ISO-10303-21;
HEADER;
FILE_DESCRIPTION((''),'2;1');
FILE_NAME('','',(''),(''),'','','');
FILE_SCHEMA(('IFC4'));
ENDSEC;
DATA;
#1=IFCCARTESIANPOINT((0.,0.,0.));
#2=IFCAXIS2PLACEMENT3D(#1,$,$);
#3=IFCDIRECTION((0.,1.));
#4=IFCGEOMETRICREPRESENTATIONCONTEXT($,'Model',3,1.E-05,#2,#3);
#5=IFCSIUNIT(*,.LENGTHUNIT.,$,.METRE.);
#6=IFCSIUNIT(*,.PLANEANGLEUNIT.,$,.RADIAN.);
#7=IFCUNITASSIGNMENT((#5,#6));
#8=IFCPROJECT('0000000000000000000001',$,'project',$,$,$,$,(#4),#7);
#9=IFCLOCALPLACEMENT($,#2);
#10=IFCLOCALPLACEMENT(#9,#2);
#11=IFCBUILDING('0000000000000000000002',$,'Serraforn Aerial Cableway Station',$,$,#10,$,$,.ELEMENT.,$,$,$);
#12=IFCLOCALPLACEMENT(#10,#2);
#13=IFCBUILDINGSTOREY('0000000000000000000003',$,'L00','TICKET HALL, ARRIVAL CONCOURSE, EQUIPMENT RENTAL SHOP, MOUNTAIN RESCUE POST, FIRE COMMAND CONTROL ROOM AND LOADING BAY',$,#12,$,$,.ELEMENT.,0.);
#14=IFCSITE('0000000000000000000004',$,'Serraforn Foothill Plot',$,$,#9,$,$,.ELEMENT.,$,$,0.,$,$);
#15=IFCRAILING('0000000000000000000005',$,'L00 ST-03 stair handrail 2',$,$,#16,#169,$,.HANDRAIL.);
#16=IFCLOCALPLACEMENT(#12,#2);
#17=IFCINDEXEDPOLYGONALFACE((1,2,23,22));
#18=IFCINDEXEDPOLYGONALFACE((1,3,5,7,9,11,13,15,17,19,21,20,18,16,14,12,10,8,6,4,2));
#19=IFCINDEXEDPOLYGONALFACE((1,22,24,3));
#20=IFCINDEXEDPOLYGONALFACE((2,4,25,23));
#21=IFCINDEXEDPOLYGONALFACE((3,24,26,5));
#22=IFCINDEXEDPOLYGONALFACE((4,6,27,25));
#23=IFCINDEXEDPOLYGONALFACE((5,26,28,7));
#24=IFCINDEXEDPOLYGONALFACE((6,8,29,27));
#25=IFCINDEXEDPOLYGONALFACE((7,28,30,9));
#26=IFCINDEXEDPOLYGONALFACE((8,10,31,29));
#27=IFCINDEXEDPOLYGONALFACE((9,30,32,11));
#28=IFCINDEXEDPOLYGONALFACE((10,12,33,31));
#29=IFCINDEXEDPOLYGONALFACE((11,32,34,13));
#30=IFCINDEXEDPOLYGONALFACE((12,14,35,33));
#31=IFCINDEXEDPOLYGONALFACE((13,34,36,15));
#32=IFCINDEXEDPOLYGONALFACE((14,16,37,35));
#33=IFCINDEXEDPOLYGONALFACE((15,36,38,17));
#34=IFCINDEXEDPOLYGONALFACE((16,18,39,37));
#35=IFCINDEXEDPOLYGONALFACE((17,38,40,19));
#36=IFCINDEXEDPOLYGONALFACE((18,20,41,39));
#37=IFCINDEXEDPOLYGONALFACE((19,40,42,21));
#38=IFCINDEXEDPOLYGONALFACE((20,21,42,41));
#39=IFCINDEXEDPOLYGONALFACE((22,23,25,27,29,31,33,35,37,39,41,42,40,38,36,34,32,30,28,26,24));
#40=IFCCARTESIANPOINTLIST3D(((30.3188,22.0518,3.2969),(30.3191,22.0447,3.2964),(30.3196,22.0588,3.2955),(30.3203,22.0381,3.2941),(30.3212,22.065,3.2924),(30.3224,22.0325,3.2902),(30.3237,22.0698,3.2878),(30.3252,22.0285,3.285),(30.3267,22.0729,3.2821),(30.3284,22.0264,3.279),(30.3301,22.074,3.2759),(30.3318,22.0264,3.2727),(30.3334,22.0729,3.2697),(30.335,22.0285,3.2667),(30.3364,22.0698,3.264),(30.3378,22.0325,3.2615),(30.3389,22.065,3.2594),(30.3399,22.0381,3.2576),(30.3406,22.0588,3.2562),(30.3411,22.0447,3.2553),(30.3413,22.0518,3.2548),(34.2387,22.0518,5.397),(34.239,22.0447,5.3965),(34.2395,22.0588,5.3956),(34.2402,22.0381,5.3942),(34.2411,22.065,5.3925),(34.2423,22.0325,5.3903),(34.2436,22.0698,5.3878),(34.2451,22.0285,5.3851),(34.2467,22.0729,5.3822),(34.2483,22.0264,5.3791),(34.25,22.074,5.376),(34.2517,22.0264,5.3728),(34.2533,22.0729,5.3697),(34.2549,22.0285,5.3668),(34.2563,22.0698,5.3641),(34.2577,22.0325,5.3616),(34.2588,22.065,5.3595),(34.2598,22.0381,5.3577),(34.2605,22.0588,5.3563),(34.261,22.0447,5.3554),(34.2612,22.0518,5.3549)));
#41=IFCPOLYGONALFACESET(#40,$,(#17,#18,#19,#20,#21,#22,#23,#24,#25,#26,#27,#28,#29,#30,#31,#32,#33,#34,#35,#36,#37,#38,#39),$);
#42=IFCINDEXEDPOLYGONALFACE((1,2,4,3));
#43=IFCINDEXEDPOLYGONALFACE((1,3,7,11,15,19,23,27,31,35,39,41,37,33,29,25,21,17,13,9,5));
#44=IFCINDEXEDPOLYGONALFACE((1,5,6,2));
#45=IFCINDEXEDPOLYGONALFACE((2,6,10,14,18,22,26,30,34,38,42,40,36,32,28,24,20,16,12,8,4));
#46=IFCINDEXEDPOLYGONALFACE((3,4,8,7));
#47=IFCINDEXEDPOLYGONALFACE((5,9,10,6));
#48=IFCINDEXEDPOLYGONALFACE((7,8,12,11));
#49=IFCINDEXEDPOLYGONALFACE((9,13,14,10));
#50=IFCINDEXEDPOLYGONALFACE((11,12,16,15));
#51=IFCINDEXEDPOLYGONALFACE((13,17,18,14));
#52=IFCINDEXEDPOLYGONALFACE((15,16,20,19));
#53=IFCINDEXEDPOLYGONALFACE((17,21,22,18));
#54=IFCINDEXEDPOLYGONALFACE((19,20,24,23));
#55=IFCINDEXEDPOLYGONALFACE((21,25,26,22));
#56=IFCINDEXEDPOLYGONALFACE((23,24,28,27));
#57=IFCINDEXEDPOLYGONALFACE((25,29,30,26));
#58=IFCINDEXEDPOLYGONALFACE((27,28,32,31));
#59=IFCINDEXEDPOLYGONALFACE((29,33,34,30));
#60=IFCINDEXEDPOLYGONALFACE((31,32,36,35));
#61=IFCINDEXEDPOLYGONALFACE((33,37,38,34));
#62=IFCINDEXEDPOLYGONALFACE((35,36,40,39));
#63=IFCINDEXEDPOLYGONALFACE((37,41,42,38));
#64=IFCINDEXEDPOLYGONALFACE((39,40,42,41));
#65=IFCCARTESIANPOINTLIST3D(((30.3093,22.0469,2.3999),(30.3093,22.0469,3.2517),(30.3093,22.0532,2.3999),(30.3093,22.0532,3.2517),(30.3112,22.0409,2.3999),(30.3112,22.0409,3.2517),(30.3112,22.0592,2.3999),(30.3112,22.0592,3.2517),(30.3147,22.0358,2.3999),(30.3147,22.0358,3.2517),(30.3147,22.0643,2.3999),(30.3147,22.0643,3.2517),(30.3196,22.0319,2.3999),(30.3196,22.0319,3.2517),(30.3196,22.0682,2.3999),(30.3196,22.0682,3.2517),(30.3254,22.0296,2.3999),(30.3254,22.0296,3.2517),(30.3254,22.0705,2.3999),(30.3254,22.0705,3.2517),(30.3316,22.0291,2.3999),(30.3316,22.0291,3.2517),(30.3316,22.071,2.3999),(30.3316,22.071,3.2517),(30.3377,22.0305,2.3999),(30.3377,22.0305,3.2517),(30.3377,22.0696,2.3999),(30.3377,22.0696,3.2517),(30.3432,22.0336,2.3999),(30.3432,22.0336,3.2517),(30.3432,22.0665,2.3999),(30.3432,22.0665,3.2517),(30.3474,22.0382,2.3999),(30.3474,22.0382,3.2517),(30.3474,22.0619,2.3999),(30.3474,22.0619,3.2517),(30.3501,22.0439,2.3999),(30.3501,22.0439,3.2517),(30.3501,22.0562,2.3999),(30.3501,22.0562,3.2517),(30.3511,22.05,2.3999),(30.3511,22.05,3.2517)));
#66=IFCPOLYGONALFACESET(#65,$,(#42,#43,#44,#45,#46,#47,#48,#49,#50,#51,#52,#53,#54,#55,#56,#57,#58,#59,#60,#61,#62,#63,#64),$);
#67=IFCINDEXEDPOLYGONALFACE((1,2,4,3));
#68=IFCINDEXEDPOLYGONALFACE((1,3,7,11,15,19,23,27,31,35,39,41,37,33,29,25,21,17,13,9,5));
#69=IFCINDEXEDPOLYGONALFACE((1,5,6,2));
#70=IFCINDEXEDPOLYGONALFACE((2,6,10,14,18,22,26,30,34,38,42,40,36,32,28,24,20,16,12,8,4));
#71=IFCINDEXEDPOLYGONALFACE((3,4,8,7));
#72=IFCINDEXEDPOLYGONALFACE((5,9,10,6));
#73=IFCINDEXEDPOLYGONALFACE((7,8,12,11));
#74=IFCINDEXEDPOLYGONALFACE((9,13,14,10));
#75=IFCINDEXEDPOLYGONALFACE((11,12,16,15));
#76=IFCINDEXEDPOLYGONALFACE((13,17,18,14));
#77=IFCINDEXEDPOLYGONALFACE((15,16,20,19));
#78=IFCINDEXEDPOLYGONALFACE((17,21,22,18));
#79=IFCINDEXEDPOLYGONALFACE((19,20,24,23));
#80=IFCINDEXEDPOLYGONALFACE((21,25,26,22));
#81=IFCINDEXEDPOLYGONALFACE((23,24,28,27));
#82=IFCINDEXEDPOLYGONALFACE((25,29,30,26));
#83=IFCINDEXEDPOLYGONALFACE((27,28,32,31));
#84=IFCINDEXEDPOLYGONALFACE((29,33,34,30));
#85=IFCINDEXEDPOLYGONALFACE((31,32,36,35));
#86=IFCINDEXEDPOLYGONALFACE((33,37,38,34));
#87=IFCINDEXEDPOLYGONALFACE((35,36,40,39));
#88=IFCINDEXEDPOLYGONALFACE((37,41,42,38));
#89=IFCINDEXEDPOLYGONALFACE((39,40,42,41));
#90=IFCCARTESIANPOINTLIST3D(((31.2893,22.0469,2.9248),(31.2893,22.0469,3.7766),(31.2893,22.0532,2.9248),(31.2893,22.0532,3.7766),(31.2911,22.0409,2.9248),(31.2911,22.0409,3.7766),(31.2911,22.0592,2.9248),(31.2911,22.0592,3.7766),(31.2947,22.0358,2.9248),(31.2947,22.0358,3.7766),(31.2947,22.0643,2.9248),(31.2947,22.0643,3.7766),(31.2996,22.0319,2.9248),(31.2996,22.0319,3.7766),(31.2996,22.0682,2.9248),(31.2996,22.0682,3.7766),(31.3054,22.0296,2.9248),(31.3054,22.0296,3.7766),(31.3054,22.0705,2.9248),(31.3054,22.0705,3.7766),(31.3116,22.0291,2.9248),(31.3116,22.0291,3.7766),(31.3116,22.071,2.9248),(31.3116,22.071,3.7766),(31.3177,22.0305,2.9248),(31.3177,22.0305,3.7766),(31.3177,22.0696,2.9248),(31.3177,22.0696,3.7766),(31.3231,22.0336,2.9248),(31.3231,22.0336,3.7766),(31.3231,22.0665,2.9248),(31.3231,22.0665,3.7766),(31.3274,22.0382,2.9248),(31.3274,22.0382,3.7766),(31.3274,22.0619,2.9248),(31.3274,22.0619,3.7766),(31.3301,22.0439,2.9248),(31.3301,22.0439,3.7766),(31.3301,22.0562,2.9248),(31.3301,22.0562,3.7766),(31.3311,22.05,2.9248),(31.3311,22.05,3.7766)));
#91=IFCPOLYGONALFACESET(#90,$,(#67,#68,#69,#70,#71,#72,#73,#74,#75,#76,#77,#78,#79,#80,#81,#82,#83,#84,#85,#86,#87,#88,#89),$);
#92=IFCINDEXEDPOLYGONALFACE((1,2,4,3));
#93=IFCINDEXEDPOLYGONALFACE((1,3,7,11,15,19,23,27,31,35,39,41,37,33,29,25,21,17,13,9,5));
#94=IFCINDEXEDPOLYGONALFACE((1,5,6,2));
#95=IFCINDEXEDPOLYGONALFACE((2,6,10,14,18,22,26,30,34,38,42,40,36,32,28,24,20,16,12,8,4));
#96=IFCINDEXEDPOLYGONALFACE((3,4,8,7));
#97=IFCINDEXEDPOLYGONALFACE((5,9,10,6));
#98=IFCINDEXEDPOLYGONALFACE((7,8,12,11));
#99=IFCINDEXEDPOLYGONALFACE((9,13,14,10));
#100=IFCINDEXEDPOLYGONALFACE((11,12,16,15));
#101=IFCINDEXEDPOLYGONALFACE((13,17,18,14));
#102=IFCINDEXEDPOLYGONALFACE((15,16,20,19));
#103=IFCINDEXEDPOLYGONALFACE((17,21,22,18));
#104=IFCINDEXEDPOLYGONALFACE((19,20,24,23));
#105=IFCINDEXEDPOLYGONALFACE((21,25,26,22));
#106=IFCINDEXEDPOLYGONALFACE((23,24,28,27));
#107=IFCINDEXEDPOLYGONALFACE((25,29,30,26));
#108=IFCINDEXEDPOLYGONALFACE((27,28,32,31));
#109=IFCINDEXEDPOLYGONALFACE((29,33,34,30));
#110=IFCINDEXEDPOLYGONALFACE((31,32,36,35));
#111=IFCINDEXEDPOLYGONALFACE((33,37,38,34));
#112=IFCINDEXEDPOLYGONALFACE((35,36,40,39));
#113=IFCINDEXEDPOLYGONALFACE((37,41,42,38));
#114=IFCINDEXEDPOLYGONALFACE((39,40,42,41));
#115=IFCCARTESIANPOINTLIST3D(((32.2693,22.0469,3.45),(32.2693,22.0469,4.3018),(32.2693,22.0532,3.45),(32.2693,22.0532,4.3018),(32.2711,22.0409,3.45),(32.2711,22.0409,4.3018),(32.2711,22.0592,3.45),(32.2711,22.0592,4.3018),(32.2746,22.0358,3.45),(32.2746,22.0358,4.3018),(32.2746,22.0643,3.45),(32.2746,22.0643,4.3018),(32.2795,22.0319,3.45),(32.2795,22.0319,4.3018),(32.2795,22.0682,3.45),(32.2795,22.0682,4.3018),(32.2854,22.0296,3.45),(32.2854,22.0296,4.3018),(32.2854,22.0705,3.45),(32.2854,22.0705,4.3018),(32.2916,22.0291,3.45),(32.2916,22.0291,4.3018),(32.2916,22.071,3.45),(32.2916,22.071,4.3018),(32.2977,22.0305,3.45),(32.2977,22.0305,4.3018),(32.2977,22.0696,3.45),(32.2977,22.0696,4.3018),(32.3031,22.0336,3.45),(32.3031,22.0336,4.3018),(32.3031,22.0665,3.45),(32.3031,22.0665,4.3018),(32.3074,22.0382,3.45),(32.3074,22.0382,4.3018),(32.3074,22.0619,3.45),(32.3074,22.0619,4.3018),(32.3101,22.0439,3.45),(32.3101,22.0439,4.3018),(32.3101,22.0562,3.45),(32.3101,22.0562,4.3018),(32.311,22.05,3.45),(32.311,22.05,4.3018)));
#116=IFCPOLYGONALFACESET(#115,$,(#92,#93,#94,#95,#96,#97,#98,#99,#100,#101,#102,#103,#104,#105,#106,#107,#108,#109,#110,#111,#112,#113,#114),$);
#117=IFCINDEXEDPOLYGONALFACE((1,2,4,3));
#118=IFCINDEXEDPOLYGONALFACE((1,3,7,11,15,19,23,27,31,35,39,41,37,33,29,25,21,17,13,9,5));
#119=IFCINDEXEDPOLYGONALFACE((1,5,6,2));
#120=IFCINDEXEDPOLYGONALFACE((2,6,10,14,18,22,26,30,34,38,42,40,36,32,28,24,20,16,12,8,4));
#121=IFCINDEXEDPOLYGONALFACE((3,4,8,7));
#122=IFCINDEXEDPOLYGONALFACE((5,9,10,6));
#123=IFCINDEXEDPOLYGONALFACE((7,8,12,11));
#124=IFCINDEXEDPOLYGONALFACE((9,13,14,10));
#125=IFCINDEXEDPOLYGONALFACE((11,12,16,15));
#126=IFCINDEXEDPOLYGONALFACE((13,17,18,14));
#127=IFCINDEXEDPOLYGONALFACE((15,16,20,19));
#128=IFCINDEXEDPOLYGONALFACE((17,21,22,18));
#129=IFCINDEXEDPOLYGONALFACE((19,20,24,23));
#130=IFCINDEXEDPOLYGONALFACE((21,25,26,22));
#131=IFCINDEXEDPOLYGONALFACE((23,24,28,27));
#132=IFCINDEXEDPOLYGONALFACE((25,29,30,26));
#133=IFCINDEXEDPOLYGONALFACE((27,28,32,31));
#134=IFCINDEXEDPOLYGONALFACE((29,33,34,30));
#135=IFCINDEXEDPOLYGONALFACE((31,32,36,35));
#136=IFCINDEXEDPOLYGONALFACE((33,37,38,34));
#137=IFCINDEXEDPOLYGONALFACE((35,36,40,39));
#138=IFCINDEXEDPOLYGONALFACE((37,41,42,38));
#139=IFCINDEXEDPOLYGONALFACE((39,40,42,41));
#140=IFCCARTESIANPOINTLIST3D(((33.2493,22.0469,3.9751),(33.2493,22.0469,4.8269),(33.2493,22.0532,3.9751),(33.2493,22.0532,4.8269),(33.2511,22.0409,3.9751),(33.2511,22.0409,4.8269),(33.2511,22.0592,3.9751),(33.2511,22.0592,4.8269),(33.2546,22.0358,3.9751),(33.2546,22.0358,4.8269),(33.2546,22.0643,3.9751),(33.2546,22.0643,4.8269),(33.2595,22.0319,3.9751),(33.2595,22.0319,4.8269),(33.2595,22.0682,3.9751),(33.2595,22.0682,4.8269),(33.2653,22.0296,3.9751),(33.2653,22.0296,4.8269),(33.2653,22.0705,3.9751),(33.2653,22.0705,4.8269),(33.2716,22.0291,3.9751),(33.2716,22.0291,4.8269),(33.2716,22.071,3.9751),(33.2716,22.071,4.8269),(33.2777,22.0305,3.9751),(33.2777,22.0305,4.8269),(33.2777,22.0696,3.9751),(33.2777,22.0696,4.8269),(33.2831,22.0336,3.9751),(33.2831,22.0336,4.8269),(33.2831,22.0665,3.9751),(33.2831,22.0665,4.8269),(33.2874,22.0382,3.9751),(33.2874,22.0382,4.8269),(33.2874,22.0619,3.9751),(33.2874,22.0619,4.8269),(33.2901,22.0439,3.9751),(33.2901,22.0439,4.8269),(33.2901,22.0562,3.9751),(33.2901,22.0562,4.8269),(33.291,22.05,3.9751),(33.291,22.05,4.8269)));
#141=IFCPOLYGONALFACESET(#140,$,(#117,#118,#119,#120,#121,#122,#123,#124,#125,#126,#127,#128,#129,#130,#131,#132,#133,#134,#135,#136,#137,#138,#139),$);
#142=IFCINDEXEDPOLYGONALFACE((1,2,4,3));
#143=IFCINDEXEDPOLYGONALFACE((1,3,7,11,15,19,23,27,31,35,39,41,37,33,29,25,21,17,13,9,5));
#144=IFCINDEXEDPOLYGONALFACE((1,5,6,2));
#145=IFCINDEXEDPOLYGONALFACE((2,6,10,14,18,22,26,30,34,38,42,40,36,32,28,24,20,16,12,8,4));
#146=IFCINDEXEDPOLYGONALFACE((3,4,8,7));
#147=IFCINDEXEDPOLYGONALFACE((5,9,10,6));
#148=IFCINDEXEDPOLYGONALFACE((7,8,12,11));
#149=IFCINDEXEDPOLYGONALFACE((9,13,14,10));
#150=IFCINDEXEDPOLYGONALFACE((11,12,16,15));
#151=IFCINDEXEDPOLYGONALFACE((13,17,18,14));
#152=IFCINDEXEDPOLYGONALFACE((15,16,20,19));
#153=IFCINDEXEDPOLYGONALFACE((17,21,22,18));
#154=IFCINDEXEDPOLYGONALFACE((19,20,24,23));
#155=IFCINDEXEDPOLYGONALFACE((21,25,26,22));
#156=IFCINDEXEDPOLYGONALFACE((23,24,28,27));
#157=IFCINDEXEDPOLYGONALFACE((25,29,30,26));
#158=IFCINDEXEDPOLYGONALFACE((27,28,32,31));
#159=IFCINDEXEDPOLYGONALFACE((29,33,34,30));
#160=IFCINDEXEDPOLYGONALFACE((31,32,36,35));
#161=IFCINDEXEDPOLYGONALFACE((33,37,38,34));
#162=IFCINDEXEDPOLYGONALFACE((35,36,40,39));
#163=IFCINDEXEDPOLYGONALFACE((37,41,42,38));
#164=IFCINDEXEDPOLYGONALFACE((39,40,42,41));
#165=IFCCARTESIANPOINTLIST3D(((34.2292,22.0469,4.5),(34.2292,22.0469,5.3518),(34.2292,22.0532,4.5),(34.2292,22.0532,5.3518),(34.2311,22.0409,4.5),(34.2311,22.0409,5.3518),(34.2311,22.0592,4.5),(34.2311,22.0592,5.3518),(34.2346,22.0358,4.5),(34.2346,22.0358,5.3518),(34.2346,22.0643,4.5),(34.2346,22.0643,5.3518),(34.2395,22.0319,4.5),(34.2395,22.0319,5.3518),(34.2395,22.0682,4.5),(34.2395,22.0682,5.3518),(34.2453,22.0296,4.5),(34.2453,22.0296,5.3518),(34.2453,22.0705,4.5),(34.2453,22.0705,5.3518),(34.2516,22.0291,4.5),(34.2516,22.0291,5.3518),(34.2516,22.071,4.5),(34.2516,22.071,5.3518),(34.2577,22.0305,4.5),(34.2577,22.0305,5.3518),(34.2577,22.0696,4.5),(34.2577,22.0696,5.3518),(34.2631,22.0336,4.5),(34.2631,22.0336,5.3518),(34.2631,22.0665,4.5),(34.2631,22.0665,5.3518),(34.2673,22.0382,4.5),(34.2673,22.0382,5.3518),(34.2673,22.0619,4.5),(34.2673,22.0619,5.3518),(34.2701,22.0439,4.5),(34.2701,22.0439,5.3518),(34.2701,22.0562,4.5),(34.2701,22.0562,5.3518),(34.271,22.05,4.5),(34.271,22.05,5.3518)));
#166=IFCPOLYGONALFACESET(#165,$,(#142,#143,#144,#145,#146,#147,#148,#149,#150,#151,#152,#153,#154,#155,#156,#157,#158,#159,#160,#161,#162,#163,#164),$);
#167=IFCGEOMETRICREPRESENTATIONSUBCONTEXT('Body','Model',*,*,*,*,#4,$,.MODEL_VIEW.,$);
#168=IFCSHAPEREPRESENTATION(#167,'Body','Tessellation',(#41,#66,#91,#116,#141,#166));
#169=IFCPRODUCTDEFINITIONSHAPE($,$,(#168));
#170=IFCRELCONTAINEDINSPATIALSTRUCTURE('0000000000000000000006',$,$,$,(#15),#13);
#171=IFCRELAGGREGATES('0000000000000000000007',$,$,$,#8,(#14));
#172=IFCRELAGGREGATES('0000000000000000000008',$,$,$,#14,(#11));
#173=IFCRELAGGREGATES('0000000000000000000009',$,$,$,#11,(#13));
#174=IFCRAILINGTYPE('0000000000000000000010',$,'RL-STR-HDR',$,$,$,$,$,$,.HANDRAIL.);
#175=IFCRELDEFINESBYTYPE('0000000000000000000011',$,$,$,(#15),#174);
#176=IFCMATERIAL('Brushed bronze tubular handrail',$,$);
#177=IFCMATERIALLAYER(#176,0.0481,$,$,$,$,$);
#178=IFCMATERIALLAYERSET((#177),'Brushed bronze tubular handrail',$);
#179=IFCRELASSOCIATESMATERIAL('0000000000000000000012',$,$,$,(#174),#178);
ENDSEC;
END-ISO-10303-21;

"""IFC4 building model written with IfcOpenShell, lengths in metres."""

from ifc_helpers import new_model, si_unit, direction, frame, origin, origin_2d, place, context, subcontext, project, spatial, circle, extrude, material, layer, layer_set, type_object, element, save


model = new_model("IFC4")

# Units and contexts
model_context = context("Model", 3, precision=1e-05, world=origin(), true_north=direction((0.0, 1.0)))
body_context = subcontext(model_context, "Body", "Model", "MODEL_VIEW")
ifc_project = project(units=[si_unit("LENGTHUNIT", "METRE"), si_unit("PLANEANGLEUNIT", "RADIAN")], contexts=[model_context])

# Site, building, storey
site_placement = place(None, origin())
site = spatial("IfcSite", under=ifc_project, at=site_placement, Name="Serraforn Foothill Plot", CompositionType="ELEMENT", RefElevation=0.0)
building_placement = place(site_placement, origin())
building = spatial("IfcBuilding", under=site, at=building_placement, Name="Serraforn Aerial Cableway Station", CompositionType="ELEMENT")
storey_placement = place(building_placement, origin())
storey = spatial("IfcBuildingStorey", under=building, at=storey_placement, Name="L00", Description="TICKET HALL, ARRIVAL CONCOURSE, EQUIPMENT RENTAL SHOP, MOUNTAIN RESCUE POST, FIRE COMMAND CONTROL ROOM AND LOADING BAY", CompositionType="ELEMENT", Elevation=0.0)

# Railing
ifc_material_1 = material(Name="Brushed bronze tubular handrail")
ifc_layer_1 = layer(ifc_material_1, 0.0481)
ifc_layer_set_1 = layer_set([ifc_layer_1], Name="Brushed bronze tubular handrail")
railing_type_1 = type_object("IfcRailingType", Name="RL-STR-HDR", PredefinedType="HANDRAIL", material=ifc_layer_set_1)
railing_1_placement = place(storey_placement, frame((30.3301, 22.05, 2.3999)))
element("IfcRailing", 1, at=railing_1_placement, inside=storey, type_object=railing_type_1, Name="L00 ST-03 stair handrail 2", PredefinedType="HANDRAIL", context=body_context, shape_type="SweptSolid", body=[
    extrude(circle(Radius=0.0239, at=origin_2d()), frame((0.0, 0.0, 0.876), z_axis=(0.881467, 0.0, 0.472246), x_axis=(0.0, 1.0, 0.0)), (0.0, 0.0, 1.0), 4.447),
    extrude(circle(Radius=0.021, at=origin_2d()), origin(), (0.0, 0.0, 1.0), 0.8518),
    extrude(circle(Radius=0.021, at=origin_2d()), frame((0.98, 0.0, 0.5249)), (0.0, 0.0, 1.0), 0.8518),
    extrude(circle(Radius=0.021, at=origin_2d()), frame((1.96, 0.0, 1.05)), (0.0, 0.0, 1.0), 0.8518),
    extrude(circle(Radius=0.021, at=origin_2d()), frame((2.9399, 0.0, 1.5752)), (0.0, 0.0, 1.0), 0.8518),
    extrude(circle(Radius=0.021, at=origin_2d()), frame((3.9199, 0.0, 2.1001)), (0.0, 0.0, 1.0), 0.8518),
])

save(model, "model.ifc")
